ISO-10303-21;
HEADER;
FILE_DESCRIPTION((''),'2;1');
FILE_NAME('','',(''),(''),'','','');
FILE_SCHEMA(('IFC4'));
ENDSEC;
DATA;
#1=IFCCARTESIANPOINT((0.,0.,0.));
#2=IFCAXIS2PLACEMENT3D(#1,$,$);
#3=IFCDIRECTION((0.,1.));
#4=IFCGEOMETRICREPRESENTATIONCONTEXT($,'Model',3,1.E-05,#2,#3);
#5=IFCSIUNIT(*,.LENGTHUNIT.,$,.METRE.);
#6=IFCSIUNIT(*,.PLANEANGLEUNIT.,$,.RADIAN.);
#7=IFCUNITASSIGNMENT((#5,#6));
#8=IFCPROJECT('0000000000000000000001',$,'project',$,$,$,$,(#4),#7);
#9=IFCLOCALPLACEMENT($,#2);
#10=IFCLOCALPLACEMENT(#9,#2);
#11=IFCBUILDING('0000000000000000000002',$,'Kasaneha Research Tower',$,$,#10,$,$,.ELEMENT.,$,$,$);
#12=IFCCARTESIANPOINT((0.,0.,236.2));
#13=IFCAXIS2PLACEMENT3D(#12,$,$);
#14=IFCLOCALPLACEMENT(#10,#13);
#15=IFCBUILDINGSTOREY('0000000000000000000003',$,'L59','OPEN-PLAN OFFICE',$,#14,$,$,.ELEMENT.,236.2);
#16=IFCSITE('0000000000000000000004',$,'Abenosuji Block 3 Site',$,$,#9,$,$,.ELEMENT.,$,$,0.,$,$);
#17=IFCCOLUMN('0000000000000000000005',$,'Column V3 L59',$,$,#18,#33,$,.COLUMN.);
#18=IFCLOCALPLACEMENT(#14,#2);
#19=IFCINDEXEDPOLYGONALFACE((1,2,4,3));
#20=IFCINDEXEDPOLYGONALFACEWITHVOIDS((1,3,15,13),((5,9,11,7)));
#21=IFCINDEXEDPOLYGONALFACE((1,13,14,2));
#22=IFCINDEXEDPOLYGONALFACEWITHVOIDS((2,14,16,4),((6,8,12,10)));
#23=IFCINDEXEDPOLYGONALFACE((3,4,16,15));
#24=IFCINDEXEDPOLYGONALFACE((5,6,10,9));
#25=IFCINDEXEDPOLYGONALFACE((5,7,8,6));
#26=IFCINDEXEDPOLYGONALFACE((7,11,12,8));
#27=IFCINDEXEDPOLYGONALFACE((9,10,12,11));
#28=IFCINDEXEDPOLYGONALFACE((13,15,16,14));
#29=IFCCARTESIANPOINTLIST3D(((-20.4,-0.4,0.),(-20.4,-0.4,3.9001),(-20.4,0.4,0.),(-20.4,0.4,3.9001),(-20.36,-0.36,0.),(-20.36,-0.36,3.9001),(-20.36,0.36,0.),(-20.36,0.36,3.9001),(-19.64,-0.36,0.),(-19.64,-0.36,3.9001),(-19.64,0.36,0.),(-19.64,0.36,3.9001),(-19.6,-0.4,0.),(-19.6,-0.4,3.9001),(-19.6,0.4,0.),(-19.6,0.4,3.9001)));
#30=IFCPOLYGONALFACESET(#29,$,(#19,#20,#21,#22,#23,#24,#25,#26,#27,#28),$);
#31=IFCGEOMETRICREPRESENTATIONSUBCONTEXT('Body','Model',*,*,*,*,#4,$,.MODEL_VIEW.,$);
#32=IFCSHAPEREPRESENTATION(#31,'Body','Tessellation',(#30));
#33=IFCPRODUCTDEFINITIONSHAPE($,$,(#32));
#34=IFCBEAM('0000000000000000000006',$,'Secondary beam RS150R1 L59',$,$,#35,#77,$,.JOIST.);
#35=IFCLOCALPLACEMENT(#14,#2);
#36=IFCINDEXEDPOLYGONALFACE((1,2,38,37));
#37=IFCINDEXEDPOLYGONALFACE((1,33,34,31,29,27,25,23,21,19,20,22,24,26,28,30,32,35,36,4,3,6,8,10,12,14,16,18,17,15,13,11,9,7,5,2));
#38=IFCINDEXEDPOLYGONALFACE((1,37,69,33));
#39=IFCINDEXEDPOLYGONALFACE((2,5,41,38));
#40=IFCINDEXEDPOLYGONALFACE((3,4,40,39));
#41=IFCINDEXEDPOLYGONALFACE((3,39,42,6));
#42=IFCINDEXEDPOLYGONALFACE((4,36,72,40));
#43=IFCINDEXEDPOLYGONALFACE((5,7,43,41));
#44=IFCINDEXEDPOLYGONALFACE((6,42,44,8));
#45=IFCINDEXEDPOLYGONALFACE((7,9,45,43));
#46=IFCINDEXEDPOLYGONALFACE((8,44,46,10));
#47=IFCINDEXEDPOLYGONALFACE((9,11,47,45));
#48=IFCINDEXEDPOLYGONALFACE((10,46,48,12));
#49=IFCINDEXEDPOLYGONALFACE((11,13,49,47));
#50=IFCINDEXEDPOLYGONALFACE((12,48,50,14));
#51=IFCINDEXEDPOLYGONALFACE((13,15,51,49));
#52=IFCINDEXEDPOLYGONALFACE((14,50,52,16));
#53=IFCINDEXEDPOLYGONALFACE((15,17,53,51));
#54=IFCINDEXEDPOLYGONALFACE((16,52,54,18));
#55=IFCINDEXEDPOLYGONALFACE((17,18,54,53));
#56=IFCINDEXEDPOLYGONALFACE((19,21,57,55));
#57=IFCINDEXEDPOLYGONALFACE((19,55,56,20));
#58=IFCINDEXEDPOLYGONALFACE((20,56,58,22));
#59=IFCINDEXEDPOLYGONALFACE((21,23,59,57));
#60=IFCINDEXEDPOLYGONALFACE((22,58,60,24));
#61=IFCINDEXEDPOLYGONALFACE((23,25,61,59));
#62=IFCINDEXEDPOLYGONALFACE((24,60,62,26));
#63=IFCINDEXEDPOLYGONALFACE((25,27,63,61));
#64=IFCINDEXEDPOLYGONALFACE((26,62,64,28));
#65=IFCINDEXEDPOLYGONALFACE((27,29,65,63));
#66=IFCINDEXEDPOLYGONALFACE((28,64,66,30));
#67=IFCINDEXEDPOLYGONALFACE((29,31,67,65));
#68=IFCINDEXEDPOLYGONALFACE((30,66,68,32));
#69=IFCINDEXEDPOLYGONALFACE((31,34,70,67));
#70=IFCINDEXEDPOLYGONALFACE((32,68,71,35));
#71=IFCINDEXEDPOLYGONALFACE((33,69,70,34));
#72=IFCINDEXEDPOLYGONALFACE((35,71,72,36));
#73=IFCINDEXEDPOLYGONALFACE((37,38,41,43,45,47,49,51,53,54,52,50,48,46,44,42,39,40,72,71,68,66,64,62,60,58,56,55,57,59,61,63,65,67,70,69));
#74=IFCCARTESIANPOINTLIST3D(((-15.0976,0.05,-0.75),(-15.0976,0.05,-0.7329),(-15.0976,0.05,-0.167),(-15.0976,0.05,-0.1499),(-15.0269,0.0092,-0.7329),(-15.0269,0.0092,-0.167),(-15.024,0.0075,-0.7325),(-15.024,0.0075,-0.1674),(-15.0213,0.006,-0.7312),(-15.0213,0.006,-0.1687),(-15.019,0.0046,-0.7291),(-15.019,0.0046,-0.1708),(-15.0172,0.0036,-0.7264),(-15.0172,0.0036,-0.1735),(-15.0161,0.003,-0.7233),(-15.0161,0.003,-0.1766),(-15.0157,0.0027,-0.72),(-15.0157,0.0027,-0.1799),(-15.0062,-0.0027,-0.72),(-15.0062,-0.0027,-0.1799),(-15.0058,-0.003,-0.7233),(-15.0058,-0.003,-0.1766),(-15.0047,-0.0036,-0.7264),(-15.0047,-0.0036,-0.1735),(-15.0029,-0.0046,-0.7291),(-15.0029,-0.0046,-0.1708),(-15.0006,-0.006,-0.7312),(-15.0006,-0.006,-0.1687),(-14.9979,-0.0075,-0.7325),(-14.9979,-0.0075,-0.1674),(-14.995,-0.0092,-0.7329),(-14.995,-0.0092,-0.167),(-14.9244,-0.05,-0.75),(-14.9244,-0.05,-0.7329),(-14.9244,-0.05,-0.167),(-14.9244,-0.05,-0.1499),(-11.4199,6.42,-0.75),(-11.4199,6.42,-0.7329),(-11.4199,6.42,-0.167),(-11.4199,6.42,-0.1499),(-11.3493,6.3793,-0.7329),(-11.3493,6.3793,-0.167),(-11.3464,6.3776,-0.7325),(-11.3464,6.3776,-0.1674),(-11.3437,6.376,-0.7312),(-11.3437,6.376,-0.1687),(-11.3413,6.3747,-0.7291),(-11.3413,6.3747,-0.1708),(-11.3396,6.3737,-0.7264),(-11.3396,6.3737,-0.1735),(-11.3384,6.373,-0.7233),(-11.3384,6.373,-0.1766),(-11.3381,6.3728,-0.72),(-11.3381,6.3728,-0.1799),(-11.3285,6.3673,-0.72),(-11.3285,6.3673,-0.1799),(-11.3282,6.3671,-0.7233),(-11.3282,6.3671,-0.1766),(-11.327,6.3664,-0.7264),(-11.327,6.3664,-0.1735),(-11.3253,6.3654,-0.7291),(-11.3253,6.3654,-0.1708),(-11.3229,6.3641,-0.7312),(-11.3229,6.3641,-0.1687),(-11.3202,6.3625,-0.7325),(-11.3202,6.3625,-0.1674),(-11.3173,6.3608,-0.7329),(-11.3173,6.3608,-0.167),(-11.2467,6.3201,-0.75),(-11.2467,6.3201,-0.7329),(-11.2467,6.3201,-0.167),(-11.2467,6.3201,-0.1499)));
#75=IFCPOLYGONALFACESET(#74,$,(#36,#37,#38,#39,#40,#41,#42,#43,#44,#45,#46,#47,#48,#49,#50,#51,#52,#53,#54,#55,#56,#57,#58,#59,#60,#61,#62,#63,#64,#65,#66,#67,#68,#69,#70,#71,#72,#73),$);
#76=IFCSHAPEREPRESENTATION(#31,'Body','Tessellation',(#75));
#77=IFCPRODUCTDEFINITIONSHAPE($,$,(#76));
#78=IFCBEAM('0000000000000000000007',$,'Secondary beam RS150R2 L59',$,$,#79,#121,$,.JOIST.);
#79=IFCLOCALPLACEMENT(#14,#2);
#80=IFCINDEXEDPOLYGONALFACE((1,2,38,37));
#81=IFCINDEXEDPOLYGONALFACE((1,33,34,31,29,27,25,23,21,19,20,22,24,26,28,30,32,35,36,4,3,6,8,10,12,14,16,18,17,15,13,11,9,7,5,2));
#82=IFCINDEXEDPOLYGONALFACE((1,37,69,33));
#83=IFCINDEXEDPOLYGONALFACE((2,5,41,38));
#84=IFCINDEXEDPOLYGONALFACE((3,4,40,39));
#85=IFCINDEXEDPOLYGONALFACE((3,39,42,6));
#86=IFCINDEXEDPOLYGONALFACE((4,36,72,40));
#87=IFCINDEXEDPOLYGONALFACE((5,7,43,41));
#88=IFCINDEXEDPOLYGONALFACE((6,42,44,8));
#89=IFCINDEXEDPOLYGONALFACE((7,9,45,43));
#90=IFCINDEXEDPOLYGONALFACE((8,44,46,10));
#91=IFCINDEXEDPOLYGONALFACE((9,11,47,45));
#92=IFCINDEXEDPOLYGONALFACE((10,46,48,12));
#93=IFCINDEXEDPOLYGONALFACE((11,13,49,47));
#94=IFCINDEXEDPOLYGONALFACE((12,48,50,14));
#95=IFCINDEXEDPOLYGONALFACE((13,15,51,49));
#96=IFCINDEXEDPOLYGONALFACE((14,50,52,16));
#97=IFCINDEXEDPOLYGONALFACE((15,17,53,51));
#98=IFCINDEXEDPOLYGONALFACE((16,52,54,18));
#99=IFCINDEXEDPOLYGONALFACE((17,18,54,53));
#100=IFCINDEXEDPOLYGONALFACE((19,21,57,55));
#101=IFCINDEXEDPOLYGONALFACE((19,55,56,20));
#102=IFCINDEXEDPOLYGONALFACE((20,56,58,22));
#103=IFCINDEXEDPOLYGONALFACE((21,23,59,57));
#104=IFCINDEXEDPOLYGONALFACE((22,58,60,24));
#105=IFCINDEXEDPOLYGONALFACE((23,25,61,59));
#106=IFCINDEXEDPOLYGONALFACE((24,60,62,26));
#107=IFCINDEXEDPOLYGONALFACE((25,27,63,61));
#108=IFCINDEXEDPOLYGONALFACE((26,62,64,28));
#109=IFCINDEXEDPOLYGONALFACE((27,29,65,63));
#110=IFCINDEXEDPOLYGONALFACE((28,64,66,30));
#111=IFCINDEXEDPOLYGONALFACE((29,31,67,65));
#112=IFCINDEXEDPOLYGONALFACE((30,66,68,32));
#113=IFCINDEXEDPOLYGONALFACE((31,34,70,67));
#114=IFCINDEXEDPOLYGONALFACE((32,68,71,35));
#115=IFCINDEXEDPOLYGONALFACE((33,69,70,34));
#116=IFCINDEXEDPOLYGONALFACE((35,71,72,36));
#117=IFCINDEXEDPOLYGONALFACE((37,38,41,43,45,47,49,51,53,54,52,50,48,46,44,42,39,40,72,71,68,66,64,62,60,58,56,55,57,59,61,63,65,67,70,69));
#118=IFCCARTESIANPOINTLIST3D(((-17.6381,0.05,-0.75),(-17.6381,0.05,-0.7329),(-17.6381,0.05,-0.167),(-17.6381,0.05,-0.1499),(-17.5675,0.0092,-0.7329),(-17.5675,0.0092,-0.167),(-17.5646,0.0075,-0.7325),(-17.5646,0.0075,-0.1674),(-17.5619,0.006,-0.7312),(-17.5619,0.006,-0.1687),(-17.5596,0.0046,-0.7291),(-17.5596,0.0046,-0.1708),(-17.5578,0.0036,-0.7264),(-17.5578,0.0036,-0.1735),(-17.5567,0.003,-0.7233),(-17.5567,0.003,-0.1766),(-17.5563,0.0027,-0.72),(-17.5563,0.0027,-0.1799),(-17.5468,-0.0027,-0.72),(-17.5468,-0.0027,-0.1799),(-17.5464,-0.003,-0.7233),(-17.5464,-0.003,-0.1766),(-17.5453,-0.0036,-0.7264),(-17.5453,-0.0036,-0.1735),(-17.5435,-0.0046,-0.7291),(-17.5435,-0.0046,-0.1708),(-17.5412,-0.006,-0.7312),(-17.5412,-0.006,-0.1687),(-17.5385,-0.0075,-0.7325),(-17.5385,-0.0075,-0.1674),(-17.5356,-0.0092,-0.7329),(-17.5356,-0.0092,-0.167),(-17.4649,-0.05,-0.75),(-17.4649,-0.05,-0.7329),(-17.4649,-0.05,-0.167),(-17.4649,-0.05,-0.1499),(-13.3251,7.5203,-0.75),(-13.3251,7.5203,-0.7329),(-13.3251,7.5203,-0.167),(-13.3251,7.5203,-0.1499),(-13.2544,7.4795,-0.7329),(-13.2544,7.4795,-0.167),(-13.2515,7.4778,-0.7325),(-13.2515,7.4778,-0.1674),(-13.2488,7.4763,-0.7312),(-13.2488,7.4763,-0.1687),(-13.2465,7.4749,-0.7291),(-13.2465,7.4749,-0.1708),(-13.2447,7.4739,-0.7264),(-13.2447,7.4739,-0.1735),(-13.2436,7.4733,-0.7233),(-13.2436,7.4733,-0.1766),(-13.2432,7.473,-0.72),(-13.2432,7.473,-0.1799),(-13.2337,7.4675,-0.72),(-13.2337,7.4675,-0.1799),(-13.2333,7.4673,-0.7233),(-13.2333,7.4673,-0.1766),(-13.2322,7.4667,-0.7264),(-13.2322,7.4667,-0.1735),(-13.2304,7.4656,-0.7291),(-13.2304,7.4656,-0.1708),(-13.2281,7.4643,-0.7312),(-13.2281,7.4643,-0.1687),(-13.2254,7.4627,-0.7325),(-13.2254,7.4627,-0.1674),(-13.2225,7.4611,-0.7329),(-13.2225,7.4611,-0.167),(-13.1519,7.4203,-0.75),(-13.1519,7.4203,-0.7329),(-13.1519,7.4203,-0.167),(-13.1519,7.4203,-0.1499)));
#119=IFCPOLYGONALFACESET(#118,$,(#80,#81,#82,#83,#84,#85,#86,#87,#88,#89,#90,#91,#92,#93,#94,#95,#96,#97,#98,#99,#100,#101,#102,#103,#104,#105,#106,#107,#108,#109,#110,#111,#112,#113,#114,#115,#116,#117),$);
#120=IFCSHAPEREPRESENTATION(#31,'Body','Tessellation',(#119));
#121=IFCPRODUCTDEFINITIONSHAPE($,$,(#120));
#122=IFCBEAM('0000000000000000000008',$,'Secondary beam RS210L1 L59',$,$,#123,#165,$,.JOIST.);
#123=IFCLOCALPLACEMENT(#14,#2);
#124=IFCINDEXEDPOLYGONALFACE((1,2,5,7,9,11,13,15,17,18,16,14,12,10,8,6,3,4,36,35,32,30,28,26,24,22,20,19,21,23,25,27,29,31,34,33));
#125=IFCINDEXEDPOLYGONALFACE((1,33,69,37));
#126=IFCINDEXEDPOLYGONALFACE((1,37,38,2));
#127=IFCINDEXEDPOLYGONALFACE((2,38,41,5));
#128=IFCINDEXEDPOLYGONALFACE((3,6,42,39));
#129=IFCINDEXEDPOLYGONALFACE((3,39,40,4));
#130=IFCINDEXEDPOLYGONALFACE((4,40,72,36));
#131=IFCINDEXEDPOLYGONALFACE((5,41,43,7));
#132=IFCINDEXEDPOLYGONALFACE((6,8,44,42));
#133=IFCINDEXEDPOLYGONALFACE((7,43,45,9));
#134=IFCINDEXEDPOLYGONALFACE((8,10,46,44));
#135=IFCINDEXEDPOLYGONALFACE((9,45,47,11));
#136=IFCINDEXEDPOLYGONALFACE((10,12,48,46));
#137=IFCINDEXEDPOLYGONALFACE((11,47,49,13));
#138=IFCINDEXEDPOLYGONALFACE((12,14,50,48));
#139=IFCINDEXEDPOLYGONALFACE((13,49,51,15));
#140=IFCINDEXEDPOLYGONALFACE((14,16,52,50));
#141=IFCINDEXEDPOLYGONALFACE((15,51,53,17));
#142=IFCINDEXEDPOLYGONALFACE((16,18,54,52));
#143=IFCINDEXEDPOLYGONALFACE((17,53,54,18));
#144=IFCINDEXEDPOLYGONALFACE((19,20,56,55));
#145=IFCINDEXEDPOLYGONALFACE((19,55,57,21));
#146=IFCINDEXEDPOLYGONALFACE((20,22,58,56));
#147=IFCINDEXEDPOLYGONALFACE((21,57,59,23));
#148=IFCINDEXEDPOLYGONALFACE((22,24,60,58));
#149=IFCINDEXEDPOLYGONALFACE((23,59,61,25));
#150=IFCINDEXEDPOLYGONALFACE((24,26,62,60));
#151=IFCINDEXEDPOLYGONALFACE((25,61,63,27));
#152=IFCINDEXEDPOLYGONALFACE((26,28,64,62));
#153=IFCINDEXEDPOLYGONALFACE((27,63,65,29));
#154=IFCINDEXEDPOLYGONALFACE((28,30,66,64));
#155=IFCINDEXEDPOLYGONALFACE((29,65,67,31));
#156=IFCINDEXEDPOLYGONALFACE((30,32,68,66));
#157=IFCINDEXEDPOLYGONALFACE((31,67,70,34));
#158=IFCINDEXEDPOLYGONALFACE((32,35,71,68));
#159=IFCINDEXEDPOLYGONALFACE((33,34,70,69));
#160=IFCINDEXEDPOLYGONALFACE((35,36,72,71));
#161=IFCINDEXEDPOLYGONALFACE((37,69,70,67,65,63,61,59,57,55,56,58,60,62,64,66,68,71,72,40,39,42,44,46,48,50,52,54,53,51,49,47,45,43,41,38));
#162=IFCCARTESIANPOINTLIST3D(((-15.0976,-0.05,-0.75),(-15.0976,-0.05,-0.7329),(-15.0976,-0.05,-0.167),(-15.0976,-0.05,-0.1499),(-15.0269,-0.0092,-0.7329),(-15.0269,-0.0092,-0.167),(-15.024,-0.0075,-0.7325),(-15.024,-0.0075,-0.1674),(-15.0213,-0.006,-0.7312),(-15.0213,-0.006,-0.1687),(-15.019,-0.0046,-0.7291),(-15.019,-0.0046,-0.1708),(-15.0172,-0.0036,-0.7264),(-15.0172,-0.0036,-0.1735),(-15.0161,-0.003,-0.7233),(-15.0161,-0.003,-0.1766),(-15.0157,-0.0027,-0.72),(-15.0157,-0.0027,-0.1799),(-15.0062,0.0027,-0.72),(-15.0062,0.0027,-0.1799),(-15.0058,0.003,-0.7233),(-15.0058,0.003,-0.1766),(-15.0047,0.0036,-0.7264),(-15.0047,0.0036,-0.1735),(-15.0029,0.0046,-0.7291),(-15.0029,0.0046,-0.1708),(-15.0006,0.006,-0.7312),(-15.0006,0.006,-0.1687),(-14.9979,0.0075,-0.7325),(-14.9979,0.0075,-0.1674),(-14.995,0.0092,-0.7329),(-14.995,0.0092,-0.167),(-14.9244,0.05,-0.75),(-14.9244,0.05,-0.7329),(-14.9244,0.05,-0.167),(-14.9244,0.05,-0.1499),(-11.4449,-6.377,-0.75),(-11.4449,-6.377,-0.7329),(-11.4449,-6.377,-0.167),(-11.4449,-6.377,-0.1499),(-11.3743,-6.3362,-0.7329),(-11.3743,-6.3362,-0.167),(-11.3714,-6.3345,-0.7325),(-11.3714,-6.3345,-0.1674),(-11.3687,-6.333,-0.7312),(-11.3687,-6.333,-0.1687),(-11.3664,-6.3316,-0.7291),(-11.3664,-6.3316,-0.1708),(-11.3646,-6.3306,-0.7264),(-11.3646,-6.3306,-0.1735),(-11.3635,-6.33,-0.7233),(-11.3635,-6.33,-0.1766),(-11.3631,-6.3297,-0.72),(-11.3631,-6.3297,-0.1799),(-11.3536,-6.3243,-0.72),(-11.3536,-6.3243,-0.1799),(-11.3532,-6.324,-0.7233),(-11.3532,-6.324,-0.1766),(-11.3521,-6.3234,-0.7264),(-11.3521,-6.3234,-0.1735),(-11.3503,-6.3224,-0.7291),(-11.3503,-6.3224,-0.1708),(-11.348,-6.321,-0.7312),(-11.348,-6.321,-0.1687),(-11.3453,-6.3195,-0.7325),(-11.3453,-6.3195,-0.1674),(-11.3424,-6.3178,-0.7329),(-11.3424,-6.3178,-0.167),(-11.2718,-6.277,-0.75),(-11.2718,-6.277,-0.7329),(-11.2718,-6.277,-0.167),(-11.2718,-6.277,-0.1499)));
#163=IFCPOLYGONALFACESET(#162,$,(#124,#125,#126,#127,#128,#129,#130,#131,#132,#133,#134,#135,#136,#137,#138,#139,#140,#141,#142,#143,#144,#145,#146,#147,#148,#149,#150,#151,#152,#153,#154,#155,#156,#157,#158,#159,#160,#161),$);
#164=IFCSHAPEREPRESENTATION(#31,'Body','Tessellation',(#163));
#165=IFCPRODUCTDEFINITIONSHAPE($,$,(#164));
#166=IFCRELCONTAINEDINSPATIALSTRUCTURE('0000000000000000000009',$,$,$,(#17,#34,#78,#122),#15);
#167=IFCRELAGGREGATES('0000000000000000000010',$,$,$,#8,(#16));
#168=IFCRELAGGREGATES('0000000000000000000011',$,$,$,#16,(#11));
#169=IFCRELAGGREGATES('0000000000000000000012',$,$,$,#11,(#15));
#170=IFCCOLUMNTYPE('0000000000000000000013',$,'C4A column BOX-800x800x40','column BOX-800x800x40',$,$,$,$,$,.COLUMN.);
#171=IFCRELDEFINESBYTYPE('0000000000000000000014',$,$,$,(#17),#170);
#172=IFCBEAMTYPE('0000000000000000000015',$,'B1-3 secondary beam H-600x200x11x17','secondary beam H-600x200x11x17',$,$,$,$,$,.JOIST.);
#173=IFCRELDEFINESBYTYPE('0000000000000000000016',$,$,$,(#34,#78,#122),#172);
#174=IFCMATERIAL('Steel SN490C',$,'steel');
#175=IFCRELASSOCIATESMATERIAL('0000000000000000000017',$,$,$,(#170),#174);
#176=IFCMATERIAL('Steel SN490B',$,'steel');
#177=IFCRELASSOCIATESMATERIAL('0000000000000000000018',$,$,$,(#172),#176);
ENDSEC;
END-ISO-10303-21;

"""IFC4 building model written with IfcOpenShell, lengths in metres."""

from ifc_helpers import new_model, si_unit, direction, frame, origin, origin_2d, place, context, subcontext, project, spatial, hollow_rectangle, i_section, extrude, material, material_profile, profile_set, type_object, element, save


model = new_model("IFC4")

# Units and contexts
model_context = context("Model", 3, precision=1e-05, world=origin(), true_north=direction((0.0, 1.0)))
body_context = subcontext(model_context, "Body", "Model", "MODEL_VIEW")
ifc_project = project(units=[si_unit("LENGTHUNIT", "METRE"), si_unit("PLANEANGLEUNIT", "RADIAN")], contexts=[model_context])

# Site, building, storey
site_placement = place(None, origin())
site = spatial("IfcSite", under=ifc_project, at=site_placement, Name="Abenosuji Block 3 Site", CompositionType="ELEMENT", RefElevation=0.0)
building_placement = place(site_placement, origin())
building = spatial("IfcBuilding", under=site, at=building_placement, Name="Kasaneha Research Tower", CompositionType="ELEMENT")
storey_placement = place(building_placement, frame((0.0, 0.0, 236.2)))
storey = spatial("IfcBuildingStorey", under=building, at=storey_placement, Name="L59", Description="OPEN-PLAN OFFICE", CompositionType="ELEMENT", Elevation=236.2)

# Column
ifc_material_1 = material(Name="Steel SN490C", Category="steel")
ifc_material_profile_1 = material_profile(ifc_material_1, hollow_rectangle(XDim=0.8, YDim=0.8, WallThickness=0.04, at=origin_2d()), Name="BOX-800x800x40")
ifc_profile_set_1 = profile_set([ifc_material_profile_1], Name="Steel SN490C")
column_type = type_object("IfcColumnType", Name="C4A column BOX-800x800x40", Description="column BOX-800x800x40", PredefinedType="COLUMN", material=ifc_profile_set_1)
column_placement = place(storey_placement, frame((-20.0, 0.0, 0.0), z_axis=(0.0, 0.0, 1.0), x_axis=(1.0, 0.0, 0.0)))
element("IfcColumn", 1, at=column_placement, inside=storey, type_object=column_type, Name="Column V3 L59", PredefinedType="COLUMN", context=body_context, shape_type="SweptSolid", body=[
    extrude(hollow_rectangle(XDim=0.8, YDim=0.8, WallThickness=0.04, at=origin_2d()), origin(), (0.0, 0.0, 1.0), 3.9001),
])

# Beams
ifc_material_2 = material(Name="Steel SN490B", Category="steel")
ifc_material_profile_2 = material_profile(ifc_material_2, i_section(OverallWidth=0.2, OverallDepth=0.6001, WebThickness=0.011, FlangeThickness=0.0171, FilletRadius=0.0129, at=origin_2d()), Name="H-600x200x11x17")
ifc_profile_set_2 = profile_set([ifc_material_profile_2], Name="Steel SN490B")
beam_type_1 = type_object("IfcBeamType", Name="B1-3 secondary beam H-600x200x11x17", Description="secondary beam H-600x200x11x17", PredefinedType="JOIST", material=ifc_profile_set_2)
beam_1_placement = place(storey_placement, frame((-15.011, 0.0, -0.45), z_axis=(0.499994, 0.866029, 0.0), x_axis=(-0.866029, 0.499994, 0.0)))
element("IfcBeam", 2, at=beam_1_placement, inside=storey, type_object=beam_type_1, Name="Secondary beam RS150R1 L59", PredefinedType="JOIST", context=body_context, shape_type="SweptSolid", body=[
    extrude(i_section(OverallWidth=0.2, OverallDepth=0.6001, WebThickness=0.011, FlangeThickness=0.0171, FilletRadius=0.0129, at=origin_2d()), origin(), (0.0, 0.0, 1.0), 7.3555),
])
beam_2_placement = place(storey_placement, frame((-17.5515, 0.0, -0.45), z_axis=(0.500005, 0.866023, 0.0), x_axis=(-0.866023, 0.500005, 0.0)))
element("IfcBeam", 3, at=beam_2_placement, inside=storey, type_object=beam_type_1, Name="Secondary beam RS150R2 L59", PredefinedType="JOIST", context=body_context, shape_type="SweptSolid", body=[
    extrude(i_section(OverallWidth=0.2, OverallDepth=0.6001, WebThickness=0.011, FlangeThickness=0.0171, FilletRadius=0.0129, at=origin_2d()), origin(), (0.0, 0.0, 1.0), 8.626),
])
beam_3_placement = place(storey_placement, frame((-15.011, 0.0, -0.45), z_axis=(0.499974, -0.86604, 0.0), x_axis=(0.86604, 0.499974, 0.0)))
element("IfcBeam", 4, at=beam_3_placement, inside=storey, type_object=beam_type_1, Name="Secondary beam RS210L1 L59", PredefinedType="JOIST", context=body_context, shape_type="SweptSolid", body=[
    extrude(i_section(OverallWidth=0.2, OverallDepth=0.6001, WebThickness=0.011, FlangeThickness=0.0171, FilletRadius=0.0129, at=origin_2d()), origin(), (0.0, 0.0, 1.0), 7.3057),
])

save(model, "model.ifc")
